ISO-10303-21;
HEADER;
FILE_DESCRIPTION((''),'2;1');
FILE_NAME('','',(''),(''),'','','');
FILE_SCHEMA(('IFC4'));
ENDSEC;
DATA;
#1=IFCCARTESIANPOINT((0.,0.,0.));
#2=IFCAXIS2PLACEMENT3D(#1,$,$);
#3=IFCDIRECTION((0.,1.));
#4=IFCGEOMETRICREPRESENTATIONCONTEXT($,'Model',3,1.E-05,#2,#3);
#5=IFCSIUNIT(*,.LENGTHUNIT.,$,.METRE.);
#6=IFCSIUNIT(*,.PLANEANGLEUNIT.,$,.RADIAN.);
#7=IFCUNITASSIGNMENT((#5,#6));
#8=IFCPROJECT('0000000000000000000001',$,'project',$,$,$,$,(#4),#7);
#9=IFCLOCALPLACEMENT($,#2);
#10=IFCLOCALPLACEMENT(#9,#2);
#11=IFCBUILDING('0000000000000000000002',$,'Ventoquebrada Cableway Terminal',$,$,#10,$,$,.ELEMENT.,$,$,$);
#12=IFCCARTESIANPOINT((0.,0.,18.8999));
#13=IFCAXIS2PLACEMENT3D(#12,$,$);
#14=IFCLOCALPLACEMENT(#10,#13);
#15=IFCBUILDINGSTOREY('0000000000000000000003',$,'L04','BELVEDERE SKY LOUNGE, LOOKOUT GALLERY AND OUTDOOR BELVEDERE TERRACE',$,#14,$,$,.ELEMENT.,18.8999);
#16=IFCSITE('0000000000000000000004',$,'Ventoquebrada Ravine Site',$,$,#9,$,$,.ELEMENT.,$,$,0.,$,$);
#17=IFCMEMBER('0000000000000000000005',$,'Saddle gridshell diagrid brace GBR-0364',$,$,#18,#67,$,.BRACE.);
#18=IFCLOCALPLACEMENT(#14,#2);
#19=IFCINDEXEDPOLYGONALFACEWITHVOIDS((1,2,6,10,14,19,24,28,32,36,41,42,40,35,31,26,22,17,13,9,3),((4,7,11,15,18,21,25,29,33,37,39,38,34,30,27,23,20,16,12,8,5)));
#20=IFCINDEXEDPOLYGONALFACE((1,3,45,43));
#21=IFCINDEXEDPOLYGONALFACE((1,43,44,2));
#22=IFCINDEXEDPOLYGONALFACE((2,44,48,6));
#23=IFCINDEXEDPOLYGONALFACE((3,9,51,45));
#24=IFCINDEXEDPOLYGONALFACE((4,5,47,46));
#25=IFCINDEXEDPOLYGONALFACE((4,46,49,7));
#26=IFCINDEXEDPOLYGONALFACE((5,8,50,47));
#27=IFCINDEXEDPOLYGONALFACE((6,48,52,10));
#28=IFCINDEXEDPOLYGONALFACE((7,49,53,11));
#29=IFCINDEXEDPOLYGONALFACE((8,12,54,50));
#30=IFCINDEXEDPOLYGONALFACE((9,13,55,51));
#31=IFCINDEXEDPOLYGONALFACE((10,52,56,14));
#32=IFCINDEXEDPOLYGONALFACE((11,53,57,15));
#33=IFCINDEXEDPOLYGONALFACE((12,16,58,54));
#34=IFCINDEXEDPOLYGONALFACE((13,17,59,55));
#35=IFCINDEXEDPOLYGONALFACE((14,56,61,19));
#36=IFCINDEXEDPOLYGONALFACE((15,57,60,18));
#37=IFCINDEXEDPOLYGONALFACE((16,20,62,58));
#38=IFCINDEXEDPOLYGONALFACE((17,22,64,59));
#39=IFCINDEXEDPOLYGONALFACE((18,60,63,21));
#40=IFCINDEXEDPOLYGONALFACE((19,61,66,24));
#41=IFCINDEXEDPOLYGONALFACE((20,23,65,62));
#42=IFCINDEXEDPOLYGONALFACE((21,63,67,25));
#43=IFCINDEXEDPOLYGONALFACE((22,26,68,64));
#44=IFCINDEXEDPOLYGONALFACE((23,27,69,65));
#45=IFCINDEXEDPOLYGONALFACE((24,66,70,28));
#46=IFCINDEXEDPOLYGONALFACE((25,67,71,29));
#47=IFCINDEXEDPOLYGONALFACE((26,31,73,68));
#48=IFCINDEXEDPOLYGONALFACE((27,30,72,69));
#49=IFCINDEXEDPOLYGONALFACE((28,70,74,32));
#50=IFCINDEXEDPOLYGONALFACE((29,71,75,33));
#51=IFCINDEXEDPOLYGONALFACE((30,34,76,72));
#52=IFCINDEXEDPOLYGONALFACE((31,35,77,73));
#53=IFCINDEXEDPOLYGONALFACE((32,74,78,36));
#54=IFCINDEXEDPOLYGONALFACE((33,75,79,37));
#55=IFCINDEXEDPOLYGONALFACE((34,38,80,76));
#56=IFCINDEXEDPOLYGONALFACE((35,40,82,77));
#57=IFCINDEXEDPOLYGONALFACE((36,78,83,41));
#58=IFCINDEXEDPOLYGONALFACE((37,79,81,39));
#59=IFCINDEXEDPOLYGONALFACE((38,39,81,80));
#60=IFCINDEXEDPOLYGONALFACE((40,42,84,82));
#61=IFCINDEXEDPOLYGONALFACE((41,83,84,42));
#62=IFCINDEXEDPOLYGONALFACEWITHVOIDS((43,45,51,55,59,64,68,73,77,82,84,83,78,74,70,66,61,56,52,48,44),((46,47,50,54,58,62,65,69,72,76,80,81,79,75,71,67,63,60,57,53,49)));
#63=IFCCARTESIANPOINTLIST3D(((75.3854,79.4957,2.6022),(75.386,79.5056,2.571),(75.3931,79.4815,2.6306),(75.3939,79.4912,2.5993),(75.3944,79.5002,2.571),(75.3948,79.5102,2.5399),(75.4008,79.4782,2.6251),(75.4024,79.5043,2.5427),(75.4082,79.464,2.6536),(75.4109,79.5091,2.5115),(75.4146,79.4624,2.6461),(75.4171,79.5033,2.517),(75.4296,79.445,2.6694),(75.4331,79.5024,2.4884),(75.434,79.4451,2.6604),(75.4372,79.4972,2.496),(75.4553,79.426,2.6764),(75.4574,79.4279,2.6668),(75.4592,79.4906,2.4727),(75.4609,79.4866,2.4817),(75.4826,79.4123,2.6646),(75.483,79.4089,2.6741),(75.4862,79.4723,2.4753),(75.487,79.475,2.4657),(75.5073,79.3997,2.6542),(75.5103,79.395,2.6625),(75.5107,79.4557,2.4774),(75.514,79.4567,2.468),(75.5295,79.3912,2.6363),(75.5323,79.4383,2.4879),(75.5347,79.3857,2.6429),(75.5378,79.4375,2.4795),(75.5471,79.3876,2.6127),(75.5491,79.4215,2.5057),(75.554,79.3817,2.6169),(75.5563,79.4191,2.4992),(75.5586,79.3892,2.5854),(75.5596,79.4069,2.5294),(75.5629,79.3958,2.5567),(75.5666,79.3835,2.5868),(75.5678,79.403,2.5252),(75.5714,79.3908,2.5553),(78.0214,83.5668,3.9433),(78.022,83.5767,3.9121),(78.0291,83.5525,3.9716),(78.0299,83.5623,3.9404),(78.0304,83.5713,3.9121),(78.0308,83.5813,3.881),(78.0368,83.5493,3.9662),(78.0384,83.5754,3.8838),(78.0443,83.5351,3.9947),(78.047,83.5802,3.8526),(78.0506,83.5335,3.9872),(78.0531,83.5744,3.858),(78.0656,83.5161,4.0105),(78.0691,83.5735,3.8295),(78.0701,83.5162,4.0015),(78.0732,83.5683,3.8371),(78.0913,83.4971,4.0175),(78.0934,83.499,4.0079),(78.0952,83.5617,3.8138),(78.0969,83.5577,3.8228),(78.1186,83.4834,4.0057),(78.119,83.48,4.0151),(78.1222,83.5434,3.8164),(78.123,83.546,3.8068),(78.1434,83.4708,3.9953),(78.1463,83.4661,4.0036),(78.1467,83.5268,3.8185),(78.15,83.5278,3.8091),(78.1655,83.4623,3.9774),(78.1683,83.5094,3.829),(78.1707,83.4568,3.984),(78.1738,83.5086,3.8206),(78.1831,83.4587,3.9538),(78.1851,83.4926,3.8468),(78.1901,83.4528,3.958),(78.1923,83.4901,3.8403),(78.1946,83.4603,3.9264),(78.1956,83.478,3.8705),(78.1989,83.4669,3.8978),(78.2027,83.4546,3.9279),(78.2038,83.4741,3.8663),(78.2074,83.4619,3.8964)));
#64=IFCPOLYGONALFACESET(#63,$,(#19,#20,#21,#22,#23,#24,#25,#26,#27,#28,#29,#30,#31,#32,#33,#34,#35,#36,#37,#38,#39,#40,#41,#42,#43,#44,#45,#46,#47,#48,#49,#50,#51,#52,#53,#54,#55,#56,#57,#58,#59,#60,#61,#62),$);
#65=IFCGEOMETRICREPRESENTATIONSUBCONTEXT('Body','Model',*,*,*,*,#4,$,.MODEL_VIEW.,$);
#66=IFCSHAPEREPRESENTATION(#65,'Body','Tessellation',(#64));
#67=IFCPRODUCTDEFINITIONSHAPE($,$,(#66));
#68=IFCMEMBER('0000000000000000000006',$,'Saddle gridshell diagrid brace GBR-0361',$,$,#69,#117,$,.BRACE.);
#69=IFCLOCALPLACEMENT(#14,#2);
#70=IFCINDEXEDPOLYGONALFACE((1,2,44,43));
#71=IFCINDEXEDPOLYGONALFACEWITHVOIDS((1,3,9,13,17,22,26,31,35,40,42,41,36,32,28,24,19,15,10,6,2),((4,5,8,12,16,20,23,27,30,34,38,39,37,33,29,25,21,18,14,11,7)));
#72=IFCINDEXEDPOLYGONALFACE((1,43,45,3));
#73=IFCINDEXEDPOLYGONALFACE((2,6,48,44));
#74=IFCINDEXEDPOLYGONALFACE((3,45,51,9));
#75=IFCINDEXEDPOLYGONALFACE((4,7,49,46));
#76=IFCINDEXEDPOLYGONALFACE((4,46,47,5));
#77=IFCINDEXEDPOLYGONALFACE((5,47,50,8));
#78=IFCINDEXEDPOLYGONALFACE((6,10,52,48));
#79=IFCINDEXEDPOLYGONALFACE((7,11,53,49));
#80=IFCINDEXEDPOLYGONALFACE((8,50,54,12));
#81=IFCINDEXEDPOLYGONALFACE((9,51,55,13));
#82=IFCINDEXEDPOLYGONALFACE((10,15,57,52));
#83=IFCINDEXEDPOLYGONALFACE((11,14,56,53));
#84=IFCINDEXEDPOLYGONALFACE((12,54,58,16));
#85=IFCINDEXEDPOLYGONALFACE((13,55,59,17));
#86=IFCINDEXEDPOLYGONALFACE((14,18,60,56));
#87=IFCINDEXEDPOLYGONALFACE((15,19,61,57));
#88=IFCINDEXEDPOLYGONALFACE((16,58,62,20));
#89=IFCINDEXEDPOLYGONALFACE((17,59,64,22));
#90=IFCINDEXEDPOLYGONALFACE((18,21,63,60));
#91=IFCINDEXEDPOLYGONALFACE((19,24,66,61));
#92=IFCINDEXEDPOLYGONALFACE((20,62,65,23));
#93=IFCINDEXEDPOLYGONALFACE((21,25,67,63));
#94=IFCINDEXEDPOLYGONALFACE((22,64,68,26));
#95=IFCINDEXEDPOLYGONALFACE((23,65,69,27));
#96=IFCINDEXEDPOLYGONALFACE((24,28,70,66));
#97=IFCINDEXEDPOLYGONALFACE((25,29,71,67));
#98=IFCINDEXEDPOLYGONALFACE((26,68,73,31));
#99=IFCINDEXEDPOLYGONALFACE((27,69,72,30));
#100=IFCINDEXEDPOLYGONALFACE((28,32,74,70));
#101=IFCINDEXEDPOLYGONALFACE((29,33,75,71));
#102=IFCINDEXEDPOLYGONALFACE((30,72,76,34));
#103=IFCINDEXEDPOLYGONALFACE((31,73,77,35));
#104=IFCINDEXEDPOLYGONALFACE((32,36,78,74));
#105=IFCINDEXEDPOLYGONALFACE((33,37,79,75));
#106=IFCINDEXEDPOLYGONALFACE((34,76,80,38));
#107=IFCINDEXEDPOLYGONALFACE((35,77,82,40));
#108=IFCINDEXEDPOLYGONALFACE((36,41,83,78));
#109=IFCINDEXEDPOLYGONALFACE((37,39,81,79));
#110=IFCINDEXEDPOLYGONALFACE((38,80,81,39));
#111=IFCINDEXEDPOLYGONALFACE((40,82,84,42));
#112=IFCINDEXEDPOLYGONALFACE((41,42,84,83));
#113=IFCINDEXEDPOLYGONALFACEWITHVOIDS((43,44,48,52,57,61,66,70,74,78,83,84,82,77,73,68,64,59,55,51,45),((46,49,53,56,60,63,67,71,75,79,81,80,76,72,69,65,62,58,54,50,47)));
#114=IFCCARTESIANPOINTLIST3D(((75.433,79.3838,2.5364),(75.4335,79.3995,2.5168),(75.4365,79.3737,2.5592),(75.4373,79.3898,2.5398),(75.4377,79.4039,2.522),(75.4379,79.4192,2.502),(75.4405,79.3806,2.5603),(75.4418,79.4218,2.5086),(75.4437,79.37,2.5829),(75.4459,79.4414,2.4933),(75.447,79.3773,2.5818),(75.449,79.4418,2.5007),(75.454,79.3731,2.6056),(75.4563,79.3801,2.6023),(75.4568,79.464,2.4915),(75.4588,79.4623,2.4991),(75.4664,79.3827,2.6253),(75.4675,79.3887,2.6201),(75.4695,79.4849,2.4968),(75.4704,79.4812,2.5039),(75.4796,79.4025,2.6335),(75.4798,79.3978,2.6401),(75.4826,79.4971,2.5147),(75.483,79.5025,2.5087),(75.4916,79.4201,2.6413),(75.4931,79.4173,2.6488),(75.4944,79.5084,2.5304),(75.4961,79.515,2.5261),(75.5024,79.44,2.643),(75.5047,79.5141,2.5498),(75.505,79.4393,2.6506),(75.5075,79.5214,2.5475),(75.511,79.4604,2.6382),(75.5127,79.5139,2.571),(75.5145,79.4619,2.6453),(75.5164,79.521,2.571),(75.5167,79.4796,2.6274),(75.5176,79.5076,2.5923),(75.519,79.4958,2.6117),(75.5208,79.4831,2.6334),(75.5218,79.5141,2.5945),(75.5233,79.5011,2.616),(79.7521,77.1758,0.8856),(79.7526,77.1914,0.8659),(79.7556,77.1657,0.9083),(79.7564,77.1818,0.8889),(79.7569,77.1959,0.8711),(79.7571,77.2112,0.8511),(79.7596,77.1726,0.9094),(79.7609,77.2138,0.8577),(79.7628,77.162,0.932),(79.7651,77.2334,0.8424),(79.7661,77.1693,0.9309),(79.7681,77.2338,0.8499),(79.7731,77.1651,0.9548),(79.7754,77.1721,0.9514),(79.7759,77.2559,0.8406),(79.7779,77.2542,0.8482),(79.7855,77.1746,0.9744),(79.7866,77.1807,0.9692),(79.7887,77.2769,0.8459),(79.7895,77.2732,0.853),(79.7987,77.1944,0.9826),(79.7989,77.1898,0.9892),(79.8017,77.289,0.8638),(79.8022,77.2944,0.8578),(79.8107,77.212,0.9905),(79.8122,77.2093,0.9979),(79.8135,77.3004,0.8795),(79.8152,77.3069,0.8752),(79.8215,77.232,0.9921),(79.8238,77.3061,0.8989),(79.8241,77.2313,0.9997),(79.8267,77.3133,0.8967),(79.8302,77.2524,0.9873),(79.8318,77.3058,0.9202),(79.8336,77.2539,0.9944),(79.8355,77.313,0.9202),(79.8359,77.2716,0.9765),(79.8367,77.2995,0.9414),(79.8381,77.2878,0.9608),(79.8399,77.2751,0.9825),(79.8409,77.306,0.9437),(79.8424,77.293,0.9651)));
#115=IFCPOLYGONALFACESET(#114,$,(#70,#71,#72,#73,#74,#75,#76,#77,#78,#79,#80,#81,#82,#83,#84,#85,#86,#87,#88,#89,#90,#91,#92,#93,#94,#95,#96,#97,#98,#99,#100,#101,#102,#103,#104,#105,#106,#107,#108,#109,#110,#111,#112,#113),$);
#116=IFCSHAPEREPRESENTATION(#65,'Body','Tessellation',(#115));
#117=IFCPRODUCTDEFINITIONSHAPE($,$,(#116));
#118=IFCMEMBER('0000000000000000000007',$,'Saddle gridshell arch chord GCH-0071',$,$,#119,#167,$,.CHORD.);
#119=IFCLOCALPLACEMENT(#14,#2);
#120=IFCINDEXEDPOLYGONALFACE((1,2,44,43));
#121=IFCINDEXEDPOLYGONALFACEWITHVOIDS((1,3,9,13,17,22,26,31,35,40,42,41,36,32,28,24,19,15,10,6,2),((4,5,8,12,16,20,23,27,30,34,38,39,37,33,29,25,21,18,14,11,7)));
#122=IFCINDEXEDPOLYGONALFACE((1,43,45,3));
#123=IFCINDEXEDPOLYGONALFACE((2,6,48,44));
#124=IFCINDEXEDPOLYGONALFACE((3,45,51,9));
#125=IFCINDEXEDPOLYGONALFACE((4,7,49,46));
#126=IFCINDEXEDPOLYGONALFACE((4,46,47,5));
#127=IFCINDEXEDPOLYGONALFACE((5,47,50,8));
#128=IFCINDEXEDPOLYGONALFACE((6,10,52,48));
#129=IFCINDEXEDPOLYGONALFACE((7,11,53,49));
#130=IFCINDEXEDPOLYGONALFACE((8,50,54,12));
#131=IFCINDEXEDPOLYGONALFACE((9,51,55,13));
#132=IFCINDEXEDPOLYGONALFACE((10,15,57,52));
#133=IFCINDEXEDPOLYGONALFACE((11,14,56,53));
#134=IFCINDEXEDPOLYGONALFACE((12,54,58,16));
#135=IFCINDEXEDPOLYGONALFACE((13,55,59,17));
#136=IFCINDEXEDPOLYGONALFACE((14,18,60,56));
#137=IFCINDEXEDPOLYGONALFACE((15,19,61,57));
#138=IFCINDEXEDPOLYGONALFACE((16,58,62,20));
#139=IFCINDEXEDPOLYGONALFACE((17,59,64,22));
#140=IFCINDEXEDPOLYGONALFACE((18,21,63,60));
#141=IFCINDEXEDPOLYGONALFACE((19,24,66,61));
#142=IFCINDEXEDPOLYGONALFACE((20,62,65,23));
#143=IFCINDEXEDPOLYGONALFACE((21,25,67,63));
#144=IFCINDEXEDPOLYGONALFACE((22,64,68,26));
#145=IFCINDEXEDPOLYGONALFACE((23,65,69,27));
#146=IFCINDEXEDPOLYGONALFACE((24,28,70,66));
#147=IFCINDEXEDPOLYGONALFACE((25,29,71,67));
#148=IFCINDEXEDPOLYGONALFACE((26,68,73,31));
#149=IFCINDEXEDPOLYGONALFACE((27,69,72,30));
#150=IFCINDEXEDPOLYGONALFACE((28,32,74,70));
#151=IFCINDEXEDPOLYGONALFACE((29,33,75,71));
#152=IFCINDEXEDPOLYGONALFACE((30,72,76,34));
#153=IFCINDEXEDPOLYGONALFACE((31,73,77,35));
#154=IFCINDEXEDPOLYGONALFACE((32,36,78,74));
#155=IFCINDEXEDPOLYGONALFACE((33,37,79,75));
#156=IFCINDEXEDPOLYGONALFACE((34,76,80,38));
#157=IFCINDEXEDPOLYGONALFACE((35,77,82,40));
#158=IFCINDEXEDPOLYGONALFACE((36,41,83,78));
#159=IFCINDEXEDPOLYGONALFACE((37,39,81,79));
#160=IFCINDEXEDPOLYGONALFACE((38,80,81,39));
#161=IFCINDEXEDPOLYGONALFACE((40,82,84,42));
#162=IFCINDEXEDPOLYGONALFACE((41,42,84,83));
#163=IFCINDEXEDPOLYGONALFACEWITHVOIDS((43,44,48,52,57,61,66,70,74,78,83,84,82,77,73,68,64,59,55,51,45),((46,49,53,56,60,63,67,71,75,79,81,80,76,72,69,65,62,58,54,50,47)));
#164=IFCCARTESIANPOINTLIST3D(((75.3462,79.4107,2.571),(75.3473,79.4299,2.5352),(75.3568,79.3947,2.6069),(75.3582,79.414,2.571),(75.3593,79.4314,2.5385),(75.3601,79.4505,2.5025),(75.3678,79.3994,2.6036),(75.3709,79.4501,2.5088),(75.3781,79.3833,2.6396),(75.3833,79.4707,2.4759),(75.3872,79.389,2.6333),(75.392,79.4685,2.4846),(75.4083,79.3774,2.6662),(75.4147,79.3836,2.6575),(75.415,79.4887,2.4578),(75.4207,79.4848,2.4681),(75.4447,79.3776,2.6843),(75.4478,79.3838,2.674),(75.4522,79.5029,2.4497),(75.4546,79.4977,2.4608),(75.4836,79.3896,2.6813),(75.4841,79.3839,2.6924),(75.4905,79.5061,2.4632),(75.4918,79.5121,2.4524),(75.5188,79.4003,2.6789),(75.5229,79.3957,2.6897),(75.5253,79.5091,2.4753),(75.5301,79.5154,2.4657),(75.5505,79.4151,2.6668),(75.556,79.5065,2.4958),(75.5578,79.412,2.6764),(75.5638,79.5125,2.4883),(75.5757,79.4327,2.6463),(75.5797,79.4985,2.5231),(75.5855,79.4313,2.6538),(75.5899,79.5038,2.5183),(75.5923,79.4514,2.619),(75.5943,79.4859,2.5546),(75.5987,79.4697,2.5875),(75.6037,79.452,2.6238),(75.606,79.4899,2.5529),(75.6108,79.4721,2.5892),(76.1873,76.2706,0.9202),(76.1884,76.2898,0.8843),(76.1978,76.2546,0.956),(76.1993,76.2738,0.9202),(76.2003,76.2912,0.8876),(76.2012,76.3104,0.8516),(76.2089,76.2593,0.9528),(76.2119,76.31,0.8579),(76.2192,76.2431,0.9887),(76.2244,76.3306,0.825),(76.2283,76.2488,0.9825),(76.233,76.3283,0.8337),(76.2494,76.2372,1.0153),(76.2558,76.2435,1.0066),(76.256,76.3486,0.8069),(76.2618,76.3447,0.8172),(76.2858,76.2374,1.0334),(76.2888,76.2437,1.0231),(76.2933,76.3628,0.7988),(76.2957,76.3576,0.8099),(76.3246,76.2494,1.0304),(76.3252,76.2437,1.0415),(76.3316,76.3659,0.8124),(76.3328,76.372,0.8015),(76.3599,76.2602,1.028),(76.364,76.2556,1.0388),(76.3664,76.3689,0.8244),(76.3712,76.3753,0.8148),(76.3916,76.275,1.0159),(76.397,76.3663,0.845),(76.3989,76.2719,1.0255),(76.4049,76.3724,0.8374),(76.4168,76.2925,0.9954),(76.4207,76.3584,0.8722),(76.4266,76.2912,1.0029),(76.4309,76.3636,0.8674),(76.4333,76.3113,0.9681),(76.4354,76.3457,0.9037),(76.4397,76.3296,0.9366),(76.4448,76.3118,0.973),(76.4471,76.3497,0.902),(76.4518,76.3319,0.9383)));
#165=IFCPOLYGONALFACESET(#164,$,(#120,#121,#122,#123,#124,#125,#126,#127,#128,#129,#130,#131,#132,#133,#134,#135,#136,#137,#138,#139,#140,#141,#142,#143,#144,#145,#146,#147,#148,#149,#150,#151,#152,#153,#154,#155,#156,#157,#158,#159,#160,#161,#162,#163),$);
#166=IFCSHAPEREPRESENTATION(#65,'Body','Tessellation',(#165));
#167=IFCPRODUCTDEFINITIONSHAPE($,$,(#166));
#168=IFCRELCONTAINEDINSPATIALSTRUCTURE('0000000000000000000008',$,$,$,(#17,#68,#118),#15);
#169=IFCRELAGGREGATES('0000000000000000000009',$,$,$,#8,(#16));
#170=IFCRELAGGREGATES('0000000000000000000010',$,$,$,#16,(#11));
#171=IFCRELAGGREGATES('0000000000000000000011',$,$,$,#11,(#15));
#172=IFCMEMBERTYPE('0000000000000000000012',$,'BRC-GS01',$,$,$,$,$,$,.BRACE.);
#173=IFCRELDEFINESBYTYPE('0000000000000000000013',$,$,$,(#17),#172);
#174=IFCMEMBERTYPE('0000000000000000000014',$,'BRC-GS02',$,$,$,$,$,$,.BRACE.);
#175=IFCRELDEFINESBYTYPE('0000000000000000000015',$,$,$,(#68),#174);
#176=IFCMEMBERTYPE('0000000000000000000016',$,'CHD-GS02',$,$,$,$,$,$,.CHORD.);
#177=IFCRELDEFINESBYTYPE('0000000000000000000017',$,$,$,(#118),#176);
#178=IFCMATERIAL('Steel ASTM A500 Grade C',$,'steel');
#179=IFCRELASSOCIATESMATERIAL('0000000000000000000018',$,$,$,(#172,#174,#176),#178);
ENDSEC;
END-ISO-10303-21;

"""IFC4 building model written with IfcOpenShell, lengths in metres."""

from ifc_helpers import new_model, si_unit, direction, frame, origin, origin_2d, place, context, subcontext, project, spatial, hollow_circle, extrude, material, material_profile, profile_set, type_object, element, save


model = new_model("IFC4")

# Units and contexts
model_context = context("Model", 3, precision=1e-05, world=origin(), true_north=direction((0.0, 1.0)))
body_context = subcontext(model_context, "Body", "Model", "MODEL_VIEW")
ifc_project = project(units=[si_unit("LENGTHUNIT", "METRE"), si_unit("PLANEANGLEUNIT", "RADIAN")], contexts=[model_context])

# Site, building, storey
site_placement = place(None, origin())
site = spatial("IfcSite", under=ifc_project, at=site_placement, Name="Ventoquebrada Ravine Site", CompositionType="ELEMENT", RefElevation=0.0)
building_placement = place(site_placement, origin())
building = spatial("IfcBuilding", under=site, at=building_placement, Name="Ventoquebrada Cableway Terminal", CompositionType="ELEMENT")
storey_placement = place(building_placement, frame((0.0, 0.0, 18.8999)))
storey = spatial("IfcBuildingStorey", under=building, at=storey_placement, Name="L04", Description="BELVEDERE SKY LOUNGE, LOOKOUT GALLERY AND OUTDOOR BELVEDERE TERRACE", CompositionType="ELEMENT", Elevation=18.8999)

# Members
ifc_material_1 = material(Name="Steel ASTM A500 Grade C", Category="steel")
ifc_material_profile_1 = material_profile(ifc_material_1, hollow_circle(Radius=0.1096, WallThickness=0.01, at=origin_2d()), Name="CHS219.1X10")
ifc_profile_set_1 = profile_set([ifc_material_profile_1], Name="Steel ASTM A500 Grade C")
member_type_1 = type_object("IfcMemberType", Name="BRC-GS01", PredefinedType="BRACE", material=ifc_profile_set_1)
member_1_placement = place(storey_placement, frame((75.478, 79.446, 2.571), z_axis=(0.523852, 0.809043, 0.266511), x_axis=(-0.839403, 0.54351, 0.0)))
element("IfcMember", 1, at=member_1_placement, inside=storey, type_object=member_type_1, Name="Saddle gridshell diagrid brace GBR-0364", PredefinedType="BRACE", context=body_context, shape_type="SweptSolid", body=[
    extrude(hollow_circle(Radius=0.1096, WallThickness=0.01, at=origin_2d()), origin(), (0.0, 0.0, 1.0), 5.032),
])
ifc_material_profile_2 = material_profile(ifc_material_1, hollow_circle(Radius=0.0842, WallThickness=0.0081, at=origin_2d()), Name="CHS168.3X8")
ifc_profile_set_2 = profile_set([ifc_material_profile_2], Name="Steel ASTM A500 Grade C")
member_type_2 = type_object("IfcMemberType", Name="BRC-GS02", PredefinedType="BRACE", material=ifc_profile_set_2)
member_2_placement = place(storey_placement, frame((75.478, 79.446, 2.571), z_axis=(0.842916, -0.430916, -0.322186), x_axis=(0.455188, 0.890395, 0.0)))
element("IfcMember", 2, at=member_2_placement, inside=storey, type_object=member_type_2, Name="Saddle gridshell diagrid brace GBR-0361", PredefinedType="BRACE", context=body_context, shape_type="SweptSolid", body=[
    extrude(hollow_circle(Radius=0.0842, WallThickness=0.0081, at=origin_2d()), origin(), (0.0, 0.0, 1.0), 5.124),
])
ifc_material_profile_3 = material_profile(ifc_material_1, hollow_circle(Radius=0.1365, WallThickness=0.0125, at=origin_2d()), Name="CHS273.0X12.5")
ifc_profile_set_3 = profile_set([ifc_material_profile_3], Name="Steel ASTM A500 Grade C")
member_type_3 = type_object("IfcMemberType", Name="CHD-GS02", PredefinedType="CHORD", material=ifc_profile_set_3)
member_3_placement = place(storey_placement, frame((76.3191, 76.3059, 0.9202), z_axis=(-0.230682, 0.861257, 0.452793), x_axis=(-0.965951, -0.258724, 0.0)))
element("IfcMember", 3, at=member_3_placement, inside=storey, type_object=member_type_3, Name="Saddle gridshell arch chord GCH-0071", PredefinedType="CHORD", context=body_context, shape_type="SweptSolid", body=[
    extrude(hollow_circle(Radius=0.1365, WallThickness=0.0125, at=origin_2d()), origin(), (0.0, 0.0, 1.0), 3.646),
])

save(model, "model.ifc")
